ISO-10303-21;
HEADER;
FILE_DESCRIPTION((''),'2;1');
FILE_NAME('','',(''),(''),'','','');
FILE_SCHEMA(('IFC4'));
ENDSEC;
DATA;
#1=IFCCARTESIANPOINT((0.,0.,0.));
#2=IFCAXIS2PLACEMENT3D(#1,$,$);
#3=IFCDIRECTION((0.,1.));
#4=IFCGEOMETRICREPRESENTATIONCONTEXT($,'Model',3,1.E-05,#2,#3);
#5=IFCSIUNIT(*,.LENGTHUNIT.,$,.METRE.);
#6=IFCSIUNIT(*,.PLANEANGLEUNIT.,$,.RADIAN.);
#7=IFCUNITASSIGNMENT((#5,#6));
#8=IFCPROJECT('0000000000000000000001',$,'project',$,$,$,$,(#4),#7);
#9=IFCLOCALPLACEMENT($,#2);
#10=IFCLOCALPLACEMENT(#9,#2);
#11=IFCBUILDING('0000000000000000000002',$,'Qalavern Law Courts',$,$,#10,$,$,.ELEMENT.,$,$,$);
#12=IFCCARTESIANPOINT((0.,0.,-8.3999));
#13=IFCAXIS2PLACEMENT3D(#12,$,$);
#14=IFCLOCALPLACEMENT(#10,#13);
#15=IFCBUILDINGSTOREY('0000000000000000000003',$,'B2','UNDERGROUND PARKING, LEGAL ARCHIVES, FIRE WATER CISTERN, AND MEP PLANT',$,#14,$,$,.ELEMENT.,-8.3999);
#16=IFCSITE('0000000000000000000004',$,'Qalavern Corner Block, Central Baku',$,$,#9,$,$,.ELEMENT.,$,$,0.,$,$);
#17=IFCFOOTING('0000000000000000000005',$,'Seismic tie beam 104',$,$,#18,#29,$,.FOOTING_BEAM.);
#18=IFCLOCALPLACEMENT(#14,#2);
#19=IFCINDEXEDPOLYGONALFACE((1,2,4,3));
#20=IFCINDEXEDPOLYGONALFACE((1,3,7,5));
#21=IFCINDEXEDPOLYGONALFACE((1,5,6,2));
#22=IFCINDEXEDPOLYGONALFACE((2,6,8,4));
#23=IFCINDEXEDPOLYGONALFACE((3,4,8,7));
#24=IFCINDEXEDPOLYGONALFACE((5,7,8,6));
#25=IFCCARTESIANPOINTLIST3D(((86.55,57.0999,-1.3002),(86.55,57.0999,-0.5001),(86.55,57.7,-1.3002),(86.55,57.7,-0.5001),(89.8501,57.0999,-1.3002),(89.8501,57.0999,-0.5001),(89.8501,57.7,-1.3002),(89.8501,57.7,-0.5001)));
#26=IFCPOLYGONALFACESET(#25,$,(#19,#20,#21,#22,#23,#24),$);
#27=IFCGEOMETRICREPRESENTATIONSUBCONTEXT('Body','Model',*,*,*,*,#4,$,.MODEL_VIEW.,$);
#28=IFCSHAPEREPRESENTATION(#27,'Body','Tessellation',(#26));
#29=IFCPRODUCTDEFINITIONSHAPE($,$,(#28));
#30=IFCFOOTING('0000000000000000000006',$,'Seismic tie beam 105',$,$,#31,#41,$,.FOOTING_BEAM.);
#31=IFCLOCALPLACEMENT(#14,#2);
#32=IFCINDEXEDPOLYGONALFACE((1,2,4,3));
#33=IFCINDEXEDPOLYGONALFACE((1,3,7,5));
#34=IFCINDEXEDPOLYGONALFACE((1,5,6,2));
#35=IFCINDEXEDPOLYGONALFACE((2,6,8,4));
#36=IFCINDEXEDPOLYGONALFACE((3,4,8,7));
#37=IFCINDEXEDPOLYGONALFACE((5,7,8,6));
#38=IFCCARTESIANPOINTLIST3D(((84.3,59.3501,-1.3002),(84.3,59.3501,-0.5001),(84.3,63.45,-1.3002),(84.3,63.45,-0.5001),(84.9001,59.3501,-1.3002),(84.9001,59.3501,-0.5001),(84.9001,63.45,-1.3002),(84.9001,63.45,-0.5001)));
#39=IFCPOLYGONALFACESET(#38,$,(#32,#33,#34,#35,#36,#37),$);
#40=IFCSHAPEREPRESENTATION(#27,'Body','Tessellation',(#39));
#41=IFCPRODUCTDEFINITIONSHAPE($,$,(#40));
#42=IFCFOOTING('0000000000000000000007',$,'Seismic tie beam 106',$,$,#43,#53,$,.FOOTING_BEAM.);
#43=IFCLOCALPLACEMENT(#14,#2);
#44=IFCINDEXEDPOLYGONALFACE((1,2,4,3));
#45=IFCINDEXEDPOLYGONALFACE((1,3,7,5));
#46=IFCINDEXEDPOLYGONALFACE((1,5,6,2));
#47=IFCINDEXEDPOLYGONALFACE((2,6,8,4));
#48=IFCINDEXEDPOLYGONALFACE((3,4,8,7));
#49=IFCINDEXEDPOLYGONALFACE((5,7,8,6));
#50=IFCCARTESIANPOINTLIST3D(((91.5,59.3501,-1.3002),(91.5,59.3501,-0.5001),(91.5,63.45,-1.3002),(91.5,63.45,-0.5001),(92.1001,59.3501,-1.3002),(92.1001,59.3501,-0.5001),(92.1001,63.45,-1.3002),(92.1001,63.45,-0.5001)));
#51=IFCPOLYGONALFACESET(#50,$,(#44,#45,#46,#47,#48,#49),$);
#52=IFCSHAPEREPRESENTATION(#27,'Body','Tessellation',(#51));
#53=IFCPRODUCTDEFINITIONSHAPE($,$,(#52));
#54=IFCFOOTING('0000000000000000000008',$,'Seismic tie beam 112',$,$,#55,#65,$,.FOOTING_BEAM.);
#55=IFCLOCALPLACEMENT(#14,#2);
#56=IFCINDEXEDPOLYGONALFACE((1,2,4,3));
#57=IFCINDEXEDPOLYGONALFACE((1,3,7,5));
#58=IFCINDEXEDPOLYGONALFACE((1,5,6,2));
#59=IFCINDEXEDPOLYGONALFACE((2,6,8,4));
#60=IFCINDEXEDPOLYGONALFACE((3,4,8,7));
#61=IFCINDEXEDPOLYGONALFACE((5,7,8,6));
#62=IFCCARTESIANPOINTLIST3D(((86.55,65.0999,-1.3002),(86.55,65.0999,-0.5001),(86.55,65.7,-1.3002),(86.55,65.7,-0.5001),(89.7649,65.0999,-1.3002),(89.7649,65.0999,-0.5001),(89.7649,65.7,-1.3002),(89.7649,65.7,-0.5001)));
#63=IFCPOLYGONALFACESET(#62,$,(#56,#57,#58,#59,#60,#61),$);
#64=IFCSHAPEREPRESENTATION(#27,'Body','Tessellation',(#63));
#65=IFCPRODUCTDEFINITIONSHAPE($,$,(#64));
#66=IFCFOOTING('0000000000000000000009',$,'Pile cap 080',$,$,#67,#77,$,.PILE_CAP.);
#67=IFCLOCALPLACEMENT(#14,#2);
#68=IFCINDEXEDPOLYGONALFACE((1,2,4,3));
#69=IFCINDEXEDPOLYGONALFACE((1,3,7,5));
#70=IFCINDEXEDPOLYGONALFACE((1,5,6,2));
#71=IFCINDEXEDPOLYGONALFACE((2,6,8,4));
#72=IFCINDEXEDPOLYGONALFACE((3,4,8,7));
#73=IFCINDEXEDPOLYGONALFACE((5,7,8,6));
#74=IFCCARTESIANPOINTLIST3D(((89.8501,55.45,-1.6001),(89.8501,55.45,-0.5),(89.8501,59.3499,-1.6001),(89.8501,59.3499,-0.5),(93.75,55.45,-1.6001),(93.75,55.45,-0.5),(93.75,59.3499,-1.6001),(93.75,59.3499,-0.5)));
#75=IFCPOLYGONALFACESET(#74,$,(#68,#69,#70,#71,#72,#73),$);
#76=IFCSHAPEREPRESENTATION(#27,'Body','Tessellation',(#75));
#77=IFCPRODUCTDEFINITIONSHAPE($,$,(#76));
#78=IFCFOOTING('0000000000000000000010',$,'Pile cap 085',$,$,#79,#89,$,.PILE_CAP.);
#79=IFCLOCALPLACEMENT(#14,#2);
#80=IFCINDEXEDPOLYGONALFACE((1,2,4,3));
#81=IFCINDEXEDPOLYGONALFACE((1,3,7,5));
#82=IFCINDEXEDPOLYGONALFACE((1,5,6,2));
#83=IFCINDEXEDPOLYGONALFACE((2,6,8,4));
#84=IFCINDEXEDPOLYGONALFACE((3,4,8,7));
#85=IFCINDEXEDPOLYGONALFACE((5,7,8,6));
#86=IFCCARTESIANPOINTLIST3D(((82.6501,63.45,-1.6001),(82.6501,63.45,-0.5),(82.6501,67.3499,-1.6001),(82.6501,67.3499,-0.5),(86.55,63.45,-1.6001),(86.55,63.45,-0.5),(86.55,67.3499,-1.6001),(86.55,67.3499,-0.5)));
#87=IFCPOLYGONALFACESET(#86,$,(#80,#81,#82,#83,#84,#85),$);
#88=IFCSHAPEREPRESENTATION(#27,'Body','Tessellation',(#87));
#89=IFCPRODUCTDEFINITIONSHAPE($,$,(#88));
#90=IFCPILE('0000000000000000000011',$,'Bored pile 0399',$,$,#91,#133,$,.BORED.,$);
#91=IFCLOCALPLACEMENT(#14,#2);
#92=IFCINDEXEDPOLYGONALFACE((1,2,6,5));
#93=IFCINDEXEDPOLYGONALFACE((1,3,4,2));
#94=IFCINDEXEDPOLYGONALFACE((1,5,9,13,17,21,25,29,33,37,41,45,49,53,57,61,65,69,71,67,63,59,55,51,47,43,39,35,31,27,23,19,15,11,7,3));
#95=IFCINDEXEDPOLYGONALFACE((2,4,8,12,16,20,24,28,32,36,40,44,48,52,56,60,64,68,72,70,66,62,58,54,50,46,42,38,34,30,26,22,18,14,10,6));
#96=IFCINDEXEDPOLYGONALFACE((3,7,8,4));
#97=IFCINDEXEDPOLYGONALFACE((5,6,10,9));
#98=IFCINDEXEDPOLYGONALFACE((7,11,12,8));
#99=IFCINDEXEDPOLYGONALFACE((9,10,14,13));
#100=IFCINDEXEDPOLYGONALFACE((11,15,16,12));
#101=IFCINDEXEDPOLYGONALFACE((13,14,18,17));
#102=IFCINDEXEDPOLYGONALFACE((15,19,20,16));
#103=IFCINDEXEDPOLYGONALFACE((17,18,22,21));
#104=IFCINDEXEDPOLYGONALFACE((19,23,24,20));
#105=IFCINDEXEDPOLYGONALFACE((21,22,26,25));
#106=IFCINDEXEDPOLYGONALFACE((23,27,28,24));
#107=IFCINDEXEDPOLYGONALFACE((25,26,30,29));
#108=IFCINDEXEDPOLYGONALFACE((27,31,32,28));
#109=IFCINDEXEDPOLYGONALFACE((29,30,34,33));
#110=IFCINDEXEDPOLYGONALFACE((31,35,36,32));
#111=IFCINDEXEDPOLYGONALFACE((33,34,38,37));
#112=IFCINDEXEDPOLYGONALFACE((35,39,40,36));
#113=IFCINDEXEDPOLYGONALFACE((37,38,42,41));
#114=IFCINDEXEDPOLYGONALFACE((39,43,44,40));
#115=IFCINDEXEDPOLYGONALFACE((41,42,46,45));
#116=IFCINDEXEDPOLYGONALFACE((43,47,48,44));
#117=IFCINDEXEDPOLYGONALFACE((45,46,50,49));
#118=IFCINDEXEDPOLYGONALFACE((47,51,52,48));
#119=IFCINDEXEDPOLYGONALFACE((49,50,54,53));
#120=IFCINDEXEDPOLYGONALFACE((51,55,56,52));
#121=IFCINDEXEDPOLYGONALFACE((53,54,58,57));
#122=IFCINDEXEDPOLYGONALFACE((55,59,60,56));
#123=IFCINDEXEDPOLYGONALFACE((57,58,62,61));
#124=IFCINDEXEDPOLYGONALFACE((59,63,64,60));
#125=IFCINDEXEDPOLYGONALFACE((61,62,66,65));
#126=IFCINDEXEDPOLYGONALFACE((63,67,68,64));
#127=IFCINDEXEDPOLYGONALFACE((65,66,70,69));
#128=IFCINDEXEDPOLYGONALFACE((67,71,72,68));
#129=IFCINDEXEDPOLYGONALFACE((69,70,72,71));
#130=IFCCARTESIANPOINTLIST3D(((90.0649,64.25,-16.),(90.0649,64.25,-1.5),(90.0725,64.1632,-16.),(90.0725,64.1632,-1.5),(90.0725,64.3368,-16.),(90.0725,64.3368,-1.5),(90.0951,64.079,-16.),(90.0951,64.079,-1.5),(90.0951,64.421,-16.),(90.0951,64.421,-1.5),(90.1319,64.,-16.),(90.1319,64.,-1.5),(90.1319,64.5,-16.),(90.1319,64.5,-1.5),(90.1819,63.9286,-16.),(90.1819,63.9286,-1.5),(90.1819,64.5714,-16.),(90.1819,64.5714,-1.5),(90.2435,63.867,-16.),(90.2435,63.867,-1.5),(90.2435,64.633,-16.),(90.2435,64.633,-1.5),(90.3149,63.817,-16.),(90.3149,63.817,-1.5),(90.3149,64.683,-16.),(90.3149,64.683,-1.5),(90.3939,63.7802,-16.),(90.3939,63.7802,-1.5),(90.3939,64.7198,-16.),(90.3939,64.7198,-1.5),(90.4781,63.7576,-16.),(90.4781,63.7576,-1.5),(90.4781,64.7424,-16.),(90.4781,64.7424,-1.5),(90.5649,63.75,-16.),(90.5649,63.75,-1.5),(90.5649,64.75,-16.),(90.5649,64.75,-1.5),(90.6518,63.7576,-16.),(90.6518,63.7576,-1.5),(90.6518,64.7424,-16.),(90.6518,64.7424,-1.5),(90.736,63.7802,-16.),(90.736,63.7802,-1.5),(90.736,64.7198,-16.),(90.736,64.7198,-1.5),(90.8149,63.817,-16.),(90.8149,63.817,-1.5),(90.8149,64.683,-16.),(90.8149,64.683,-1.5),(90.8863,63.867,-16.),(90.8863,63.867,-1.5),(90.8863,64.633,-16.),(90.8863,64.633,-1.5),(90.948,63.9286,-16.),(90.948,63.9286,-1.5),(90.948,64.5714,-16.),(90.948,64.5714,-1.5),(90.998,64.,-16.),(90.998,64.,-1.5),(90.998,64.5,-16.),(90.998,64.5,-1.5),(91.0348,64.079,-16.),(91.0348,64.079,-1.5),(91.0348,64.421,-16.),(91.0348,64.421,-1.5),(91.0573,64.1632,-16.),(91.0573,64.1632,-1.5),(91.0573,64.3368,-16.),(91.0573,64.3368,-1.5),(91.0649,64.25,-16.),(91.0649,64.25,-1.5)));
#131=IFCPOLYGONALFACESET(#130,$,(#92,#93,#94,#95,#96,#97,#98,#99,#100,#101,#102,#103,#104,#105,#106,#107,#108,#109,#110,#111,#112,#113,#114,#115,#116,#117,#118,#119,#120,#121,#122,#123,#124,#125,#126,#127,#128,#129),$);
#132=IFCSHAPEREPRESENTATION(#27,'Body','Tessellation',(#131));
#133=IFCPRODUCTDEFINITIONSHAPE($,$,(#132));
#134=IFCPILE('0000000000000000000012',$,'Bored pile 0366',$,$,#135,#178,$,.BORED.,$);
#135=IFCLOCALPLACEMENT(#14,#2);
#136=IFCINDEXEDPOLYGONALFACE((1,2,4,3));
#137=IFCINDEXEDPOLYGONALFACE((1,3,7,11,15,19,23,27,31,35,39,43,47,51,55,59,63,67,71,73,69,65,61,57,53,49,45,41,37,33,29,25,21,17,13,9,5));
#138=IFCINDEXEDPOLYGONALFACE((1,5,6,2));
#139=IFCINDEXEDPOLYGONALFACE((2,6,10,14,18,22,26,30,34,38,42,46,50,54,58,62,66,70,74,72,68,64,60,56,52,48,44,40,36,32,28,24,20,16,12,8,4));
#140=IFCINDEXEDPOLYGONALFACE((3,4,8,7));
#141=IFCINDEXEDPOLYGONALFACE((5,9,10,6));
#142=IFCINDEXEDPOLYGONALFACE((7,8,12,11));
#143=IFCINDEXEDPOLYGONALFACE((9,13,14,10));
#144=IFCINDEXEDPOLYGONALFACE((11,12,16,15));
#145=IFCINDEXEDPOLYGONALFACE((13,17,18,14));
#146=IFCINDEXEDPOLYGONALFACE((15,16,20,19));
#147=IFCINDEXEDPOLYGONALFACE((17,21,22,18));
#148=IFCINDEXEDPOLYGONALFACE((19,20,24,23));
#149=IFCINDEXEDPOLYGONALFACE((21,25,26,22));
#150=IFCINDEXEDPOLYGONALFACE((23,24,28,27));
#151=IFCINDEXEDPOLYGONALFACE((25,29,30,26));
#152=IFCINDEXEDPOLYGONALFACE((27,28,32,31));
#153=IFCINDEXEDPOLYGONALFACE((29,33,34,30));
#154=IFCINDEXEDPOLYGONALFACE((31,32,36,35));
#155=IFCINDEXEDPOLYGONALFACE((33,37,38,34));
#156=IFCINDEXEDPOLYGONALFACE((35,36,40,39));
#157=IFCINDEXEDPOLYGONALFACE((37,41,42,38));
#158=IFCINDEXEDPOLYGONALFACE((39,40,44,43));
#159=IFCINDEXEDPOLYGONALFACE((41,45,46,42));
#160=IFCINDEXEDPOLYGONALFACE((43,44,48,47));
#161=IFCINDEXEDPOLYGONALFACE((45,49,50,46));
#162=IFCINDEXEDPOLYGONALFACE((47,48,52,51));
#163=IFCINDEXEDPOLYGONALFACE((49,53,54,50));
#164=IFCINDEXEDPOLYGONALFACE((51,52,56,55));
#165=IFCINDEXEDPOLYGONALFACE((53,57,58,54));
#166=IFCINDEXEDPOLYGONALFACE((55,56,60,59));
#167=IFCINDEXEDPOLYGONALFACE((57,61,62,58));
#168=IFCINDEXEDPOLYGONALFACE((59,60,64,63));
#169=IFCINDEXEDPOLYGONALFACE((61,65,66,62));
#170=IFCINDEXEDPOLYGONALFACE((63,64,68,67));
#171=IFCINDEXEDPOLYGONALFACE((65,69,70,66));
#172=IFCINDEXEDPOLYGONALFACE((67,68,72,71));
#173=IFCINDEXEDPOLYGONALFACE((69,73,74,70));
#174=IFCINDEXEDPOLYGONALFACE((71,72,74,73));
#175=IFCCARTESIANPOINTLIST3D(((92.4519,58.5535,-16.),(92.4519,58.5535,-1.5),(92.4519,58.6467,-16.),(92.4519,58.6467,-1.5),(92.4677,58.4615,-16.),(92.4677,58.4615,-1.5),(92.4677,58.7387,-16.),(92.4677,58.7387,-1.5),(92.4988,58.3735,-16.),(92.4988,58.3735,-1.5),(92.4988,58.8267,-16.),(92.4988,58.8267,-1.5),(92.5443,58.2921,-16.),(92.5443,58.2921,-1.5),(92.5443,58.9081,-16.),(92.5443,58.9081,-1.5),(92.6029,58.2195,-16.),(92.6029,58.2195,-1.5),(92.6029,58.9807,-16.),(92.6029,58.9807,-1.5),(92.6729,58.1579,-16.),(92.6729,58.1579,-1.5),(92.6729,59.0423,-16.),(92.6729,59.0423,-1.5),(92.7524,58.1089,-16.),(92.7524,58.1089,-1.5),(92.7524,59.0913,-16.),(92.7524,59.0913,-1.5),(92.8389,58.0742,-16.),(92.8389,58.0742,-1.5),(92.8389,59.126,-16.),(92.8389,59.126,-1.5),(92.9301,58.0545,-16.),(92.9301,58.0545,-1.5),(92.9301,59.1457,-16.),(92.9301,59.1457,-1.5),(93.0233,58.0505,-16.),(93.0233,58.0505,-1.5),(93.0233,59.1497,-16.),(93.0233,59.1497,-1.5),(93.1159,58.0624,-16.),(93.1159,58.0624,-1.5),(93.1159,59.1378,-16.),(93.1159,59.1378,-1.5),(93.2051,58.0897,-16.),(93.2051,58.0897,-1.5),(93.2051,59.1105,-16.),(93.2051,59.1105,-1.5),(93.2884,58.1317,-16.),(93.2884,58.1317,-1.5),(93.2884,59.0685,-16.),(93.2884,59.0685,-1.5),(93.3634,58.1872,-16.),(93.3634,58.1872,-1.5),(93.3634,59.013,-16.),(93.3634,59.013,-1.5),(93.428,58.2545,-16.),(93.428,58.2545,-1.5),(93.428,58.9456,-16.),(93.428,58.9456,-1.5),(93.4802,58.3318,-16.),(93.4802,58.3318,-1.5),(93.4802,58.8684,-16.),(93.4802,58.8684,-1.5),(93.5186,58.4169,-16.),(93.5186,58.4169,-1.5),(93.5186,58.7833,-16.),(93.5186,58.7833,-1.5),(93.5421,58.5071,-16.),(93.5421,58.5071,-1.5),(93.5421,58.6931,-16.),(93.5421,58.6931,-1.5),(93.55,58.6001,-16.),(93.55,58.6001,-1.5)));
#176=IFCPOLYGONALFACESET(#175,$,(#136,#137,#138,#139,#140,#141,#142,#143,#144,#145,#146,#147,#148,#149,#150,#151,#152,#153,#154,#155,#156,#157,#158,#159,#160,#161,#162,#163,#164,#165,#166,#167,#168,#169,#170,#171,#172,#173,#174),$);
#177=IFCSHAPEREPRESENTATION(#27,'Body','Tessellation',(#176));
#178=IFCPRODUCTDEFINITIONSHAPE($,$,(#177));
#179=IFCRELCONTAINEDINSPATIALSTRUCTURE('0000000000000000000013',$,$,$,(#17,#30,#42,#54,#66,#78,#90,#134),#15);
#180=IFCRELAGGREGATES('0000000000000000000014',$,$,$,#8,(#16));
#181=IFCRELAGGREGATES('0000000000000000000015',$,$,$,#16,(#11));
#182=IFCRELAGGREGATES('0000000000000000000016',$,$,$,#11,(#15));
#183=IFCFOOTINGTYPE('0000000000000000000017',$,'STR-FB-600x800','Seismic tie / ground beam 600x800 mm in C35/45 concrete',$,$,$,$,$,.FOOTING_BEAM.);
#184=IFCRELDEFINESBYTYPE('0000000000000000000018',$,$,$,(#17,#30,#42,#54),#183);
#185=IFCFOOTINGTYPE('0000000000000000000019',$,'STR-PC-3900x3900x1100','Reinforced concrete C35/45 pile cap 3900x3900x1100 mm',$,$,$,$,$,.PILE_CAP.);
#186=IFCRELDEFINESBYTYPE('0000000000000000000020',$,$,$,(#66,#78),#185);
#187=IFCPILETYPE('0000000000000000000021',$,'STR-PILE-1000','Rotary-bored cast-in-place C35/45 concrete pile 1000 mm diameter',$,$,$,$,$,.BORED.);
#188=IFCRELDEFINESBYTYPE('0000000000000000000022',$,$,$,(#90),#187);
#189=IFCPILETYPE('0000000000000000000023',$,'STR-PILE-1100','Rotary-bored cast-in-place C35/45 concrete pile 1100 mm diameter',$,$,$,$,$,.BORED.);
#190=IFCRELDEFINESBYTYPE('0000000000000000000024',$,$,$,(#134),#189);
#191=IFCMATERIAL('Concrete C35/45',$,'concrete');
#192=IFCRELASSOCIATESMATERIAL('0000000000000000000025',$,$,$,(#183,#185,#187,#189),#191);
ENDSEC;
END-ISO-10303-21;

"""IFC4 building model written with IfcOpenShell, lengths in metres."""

from ifc_helpers import new_model, si_unit, direction, frame, origin, origin_2d, place, context, subcontext, project, spatial, rectangle, circle, extrude, material, material_profile, profile_set, type_object, element, save


model = new_model("IFC4")

# Units and contexts
model_context = context("Model", 3, precision=1e-05, world=origin(), true_north=direction((0.0, 1.0)))
body_context = subcontext(model_context, "Body", "Model", "MODEL_VIEW")
ifc_project = project(units=[si_unit("LENGTHUNIT", "METRE"), si_unit("PLANEANGLEUNIT", "RADIAN")], contexts=[model_context])

# Site, building, storey
site_placement = place(None, origin())
site = spatial("IfcSite", under=ifc_project, at=site_placement, Name="Qalavern Corner Block, Central Baku", CompositionType="ELEMENT", RefElevation=0.0)
building_placement = place(site_placement, origin())
building = spatial("IfcBuilding", under=site, at=building_placement, Name="Qalavern Law Courts", CompositionType="ELEMENT")
storey_placement = place(building_placement, frame((0.0, 0.0, -8.3999)))
storey = spatial("IfcBuildingStorey", under=building, at=storey_placement, Name="B2", Description="UNDERGROUND PARKING, LEGAL ARCHIVES, FIRE WATER CISTERN, AND MEP PLANT", CompositionType="ELEMENT", Elevation=-8.3999)

# Footings
ifc_material_1 = material(Name="Concrete C35/45", Category="concrete")
ifc_material_profile_1 = material_profile(ifc_material_1, rectangle(XDim=0.6001, YDim=0.8, at=origin_2d()), Name="RC 600x800")
ifc_profile_set_1 = profile_set([ifc_material_profile_1], Name="Concrete C35/45")
footing_type_1 = type_object("IfcFootingType", Name="STR-FB-600x800", Description="Seismic tie / ground beam 600x800 mm in C35/45 concrete", PredefinedType="FOOTING_BEAM", material=ifc_profile_set_1)
footing_1_placement = place(storey_placement, frame((86.55, 57.3999, -0.9001), z_axis=(1.0, 0.0, 0.0), x_axis=(0.0, 1.0, 0.0)))
element("IfcFooting", 1, at=footing_1_placement, inside=storey, type_object=footing_type_1, Name="Seismic tie beam 104", PredefinedType="FOOTING_BEAM", context=body_context, shape_type="SweptSolid", body=[
    extrude(rectangle(XDim=0.6001, YDim=0.8, at=origin_2d()), origin(), (0.0, 0.0, 1.0), 3.3),
])
for number, where, z_axis, x_axis, name in (
    (2, (84.6001, 59.3501, -0.9001), (0.0, 1.0, 0.0), (-1.0, 0.0, 0.0), "Seismic tie beam 105"),
    (3, (91.8, 59.3501, -0.9001), (0.0, 1.0, 0.0), (-1.0, 0.0, 0.0), "Seismic tie beam 106"),
):
    element("IfcFooting", number, at=place(storey_placement, frame(where, z_axis=z_axis, x_axis=x_axis)), inside=storey, type_object=footing_type_1, Name=name, PredefinedType="FOOTING_BEAM", context=body_context, shape_type="SweptSolid", body=[
        extrude(rectangle(XDim=0.6001, YDim=0.8, at=origin_2d()), origin(), (0.0, 0.0, 1.0), 4.0999),
    ])
footing_2_placement = place(storey_placement, frame((86.55, 65.3999, -0.9001), z_axis=(1.0, 0.0, 0.0), x_axis=(0.0, 1.0, 0.0)))
element("IfcFooting", 4, at=footing_2_placement, inside=storey, type_object=footing_type_1, Name="Seismic tie beam 112", PredefinedType="FOOTING_BEAM", context=body_context, shape_type="SweptSolid", body=[
    extrude(rectangle(XDim=0.6001, YDim=0.8, at=origin_2d()), origin(), (0.0, 0.0, 1.0), 3.2148),
])
footing_type_2 = type_object("IfcFootingType", Name="STR-PC-3900x3900x1100", Description="Reinforced concrete C35/45 pile cap 3900x3900x1100 mm", PredefinedType="PILE_CAP", material=ifc_material_1)
for number, where, z_axis, x_axis, name in (
    (5, (91.8, 57.3999, -1.6001), (0.0, 0.0, 1.0), (1.0, 0.0, 0.0), "Pile cap 080"),
    (6, (84.6001, 65.3999, -1.6001), (0.0, 0.0, 1.0), (1.0, 0.0, 0.0), "Pile cap 085"),
):
    element("IfcFooting", number, at=place(storey_placement, frame(where, z_axis=z_axis, x_axis=x_axis)), inside=storey, type_object=footing_type_2, Name=name, PredefinedType="PILE_CAP", context=body_context, shape_type="SweptSolid", body=[
        extrude(rectangle(XDim=3.8999, YDim=3.8999, at=origin_2d()), origin(), (0.0, 0.0, 1.0), 1.1001),
    ])

# Piles
ifc_material_profile_2 = material_profile(ifc_material_1, circle(Radius=0.5, at=origin_2d()), Name="BORED PILE 1000")
ifc_profile_set_2 = profile_set([ifc_material_profile_2], Name="Concrete C35/45")
pile_type_1 = type_object("IfcPileType", Name="STR-PILE-1000", Description="Rotary-bored cast-in-place C35/45 concrete pile 1000 mm diameter", PredefinedType="BORED", material=ifc_profile_set_2)
pile_1_placement = place(storey_placement, frame((90.5649, 64.25, -1.5), z_axis=(0.0, 0.0, -1.0), x_axis=(1.0, 0.0, 0.0)))
element("IfcPile", 7, at=pile_1_placement, inside=storey, type_object=pile_type_1, Name="Bored pile 0399", PredefinedType="BORED", context=body_context, shape_type="SweptSolid", body=[
    extrude(circle(Radius=0.5, at=origin_2d()), origin(), (0.0, 0.0, 1.0), 14.5),
])
ifc_material_profile_3 = material_profile(ifc_material_1, circle(Radius=0.55, at=origin_2d()), Name="BORED PILE 1100")
ifc_profile_set_3 = profile_set([ifc_material_profile_3], Name="Concrete C35/45")
pile_type_2 = type_object("IfcPileType", Name="STR-PILE-1100", Description="Rotary-bored cast-in-place C35/45 concrete pile 1100 mm diameter", PredefinedType="BORED", material=ifc_profile_set_3)
pile_2_placement = place(storey_placement, frame((93.0, 58.6001, -1.5), z_axis=(0.0, 0.0, -1.0), x_axis=(1.0, 0.0, 0.0)))
element("IfcPile", 8, at=pile_2_placement, inside=storey, type_object=pile_type_2, Name="Bored pile 0366", PredefinedType="BORED", context=body_context, shape_type="SweptSolid", body=[
    extrude(circle(Radius=0.55, at=origin_2d()), origin(), (0.0, 0.0, 1.0), 14.5),
])

save(model, "model.ifc")
